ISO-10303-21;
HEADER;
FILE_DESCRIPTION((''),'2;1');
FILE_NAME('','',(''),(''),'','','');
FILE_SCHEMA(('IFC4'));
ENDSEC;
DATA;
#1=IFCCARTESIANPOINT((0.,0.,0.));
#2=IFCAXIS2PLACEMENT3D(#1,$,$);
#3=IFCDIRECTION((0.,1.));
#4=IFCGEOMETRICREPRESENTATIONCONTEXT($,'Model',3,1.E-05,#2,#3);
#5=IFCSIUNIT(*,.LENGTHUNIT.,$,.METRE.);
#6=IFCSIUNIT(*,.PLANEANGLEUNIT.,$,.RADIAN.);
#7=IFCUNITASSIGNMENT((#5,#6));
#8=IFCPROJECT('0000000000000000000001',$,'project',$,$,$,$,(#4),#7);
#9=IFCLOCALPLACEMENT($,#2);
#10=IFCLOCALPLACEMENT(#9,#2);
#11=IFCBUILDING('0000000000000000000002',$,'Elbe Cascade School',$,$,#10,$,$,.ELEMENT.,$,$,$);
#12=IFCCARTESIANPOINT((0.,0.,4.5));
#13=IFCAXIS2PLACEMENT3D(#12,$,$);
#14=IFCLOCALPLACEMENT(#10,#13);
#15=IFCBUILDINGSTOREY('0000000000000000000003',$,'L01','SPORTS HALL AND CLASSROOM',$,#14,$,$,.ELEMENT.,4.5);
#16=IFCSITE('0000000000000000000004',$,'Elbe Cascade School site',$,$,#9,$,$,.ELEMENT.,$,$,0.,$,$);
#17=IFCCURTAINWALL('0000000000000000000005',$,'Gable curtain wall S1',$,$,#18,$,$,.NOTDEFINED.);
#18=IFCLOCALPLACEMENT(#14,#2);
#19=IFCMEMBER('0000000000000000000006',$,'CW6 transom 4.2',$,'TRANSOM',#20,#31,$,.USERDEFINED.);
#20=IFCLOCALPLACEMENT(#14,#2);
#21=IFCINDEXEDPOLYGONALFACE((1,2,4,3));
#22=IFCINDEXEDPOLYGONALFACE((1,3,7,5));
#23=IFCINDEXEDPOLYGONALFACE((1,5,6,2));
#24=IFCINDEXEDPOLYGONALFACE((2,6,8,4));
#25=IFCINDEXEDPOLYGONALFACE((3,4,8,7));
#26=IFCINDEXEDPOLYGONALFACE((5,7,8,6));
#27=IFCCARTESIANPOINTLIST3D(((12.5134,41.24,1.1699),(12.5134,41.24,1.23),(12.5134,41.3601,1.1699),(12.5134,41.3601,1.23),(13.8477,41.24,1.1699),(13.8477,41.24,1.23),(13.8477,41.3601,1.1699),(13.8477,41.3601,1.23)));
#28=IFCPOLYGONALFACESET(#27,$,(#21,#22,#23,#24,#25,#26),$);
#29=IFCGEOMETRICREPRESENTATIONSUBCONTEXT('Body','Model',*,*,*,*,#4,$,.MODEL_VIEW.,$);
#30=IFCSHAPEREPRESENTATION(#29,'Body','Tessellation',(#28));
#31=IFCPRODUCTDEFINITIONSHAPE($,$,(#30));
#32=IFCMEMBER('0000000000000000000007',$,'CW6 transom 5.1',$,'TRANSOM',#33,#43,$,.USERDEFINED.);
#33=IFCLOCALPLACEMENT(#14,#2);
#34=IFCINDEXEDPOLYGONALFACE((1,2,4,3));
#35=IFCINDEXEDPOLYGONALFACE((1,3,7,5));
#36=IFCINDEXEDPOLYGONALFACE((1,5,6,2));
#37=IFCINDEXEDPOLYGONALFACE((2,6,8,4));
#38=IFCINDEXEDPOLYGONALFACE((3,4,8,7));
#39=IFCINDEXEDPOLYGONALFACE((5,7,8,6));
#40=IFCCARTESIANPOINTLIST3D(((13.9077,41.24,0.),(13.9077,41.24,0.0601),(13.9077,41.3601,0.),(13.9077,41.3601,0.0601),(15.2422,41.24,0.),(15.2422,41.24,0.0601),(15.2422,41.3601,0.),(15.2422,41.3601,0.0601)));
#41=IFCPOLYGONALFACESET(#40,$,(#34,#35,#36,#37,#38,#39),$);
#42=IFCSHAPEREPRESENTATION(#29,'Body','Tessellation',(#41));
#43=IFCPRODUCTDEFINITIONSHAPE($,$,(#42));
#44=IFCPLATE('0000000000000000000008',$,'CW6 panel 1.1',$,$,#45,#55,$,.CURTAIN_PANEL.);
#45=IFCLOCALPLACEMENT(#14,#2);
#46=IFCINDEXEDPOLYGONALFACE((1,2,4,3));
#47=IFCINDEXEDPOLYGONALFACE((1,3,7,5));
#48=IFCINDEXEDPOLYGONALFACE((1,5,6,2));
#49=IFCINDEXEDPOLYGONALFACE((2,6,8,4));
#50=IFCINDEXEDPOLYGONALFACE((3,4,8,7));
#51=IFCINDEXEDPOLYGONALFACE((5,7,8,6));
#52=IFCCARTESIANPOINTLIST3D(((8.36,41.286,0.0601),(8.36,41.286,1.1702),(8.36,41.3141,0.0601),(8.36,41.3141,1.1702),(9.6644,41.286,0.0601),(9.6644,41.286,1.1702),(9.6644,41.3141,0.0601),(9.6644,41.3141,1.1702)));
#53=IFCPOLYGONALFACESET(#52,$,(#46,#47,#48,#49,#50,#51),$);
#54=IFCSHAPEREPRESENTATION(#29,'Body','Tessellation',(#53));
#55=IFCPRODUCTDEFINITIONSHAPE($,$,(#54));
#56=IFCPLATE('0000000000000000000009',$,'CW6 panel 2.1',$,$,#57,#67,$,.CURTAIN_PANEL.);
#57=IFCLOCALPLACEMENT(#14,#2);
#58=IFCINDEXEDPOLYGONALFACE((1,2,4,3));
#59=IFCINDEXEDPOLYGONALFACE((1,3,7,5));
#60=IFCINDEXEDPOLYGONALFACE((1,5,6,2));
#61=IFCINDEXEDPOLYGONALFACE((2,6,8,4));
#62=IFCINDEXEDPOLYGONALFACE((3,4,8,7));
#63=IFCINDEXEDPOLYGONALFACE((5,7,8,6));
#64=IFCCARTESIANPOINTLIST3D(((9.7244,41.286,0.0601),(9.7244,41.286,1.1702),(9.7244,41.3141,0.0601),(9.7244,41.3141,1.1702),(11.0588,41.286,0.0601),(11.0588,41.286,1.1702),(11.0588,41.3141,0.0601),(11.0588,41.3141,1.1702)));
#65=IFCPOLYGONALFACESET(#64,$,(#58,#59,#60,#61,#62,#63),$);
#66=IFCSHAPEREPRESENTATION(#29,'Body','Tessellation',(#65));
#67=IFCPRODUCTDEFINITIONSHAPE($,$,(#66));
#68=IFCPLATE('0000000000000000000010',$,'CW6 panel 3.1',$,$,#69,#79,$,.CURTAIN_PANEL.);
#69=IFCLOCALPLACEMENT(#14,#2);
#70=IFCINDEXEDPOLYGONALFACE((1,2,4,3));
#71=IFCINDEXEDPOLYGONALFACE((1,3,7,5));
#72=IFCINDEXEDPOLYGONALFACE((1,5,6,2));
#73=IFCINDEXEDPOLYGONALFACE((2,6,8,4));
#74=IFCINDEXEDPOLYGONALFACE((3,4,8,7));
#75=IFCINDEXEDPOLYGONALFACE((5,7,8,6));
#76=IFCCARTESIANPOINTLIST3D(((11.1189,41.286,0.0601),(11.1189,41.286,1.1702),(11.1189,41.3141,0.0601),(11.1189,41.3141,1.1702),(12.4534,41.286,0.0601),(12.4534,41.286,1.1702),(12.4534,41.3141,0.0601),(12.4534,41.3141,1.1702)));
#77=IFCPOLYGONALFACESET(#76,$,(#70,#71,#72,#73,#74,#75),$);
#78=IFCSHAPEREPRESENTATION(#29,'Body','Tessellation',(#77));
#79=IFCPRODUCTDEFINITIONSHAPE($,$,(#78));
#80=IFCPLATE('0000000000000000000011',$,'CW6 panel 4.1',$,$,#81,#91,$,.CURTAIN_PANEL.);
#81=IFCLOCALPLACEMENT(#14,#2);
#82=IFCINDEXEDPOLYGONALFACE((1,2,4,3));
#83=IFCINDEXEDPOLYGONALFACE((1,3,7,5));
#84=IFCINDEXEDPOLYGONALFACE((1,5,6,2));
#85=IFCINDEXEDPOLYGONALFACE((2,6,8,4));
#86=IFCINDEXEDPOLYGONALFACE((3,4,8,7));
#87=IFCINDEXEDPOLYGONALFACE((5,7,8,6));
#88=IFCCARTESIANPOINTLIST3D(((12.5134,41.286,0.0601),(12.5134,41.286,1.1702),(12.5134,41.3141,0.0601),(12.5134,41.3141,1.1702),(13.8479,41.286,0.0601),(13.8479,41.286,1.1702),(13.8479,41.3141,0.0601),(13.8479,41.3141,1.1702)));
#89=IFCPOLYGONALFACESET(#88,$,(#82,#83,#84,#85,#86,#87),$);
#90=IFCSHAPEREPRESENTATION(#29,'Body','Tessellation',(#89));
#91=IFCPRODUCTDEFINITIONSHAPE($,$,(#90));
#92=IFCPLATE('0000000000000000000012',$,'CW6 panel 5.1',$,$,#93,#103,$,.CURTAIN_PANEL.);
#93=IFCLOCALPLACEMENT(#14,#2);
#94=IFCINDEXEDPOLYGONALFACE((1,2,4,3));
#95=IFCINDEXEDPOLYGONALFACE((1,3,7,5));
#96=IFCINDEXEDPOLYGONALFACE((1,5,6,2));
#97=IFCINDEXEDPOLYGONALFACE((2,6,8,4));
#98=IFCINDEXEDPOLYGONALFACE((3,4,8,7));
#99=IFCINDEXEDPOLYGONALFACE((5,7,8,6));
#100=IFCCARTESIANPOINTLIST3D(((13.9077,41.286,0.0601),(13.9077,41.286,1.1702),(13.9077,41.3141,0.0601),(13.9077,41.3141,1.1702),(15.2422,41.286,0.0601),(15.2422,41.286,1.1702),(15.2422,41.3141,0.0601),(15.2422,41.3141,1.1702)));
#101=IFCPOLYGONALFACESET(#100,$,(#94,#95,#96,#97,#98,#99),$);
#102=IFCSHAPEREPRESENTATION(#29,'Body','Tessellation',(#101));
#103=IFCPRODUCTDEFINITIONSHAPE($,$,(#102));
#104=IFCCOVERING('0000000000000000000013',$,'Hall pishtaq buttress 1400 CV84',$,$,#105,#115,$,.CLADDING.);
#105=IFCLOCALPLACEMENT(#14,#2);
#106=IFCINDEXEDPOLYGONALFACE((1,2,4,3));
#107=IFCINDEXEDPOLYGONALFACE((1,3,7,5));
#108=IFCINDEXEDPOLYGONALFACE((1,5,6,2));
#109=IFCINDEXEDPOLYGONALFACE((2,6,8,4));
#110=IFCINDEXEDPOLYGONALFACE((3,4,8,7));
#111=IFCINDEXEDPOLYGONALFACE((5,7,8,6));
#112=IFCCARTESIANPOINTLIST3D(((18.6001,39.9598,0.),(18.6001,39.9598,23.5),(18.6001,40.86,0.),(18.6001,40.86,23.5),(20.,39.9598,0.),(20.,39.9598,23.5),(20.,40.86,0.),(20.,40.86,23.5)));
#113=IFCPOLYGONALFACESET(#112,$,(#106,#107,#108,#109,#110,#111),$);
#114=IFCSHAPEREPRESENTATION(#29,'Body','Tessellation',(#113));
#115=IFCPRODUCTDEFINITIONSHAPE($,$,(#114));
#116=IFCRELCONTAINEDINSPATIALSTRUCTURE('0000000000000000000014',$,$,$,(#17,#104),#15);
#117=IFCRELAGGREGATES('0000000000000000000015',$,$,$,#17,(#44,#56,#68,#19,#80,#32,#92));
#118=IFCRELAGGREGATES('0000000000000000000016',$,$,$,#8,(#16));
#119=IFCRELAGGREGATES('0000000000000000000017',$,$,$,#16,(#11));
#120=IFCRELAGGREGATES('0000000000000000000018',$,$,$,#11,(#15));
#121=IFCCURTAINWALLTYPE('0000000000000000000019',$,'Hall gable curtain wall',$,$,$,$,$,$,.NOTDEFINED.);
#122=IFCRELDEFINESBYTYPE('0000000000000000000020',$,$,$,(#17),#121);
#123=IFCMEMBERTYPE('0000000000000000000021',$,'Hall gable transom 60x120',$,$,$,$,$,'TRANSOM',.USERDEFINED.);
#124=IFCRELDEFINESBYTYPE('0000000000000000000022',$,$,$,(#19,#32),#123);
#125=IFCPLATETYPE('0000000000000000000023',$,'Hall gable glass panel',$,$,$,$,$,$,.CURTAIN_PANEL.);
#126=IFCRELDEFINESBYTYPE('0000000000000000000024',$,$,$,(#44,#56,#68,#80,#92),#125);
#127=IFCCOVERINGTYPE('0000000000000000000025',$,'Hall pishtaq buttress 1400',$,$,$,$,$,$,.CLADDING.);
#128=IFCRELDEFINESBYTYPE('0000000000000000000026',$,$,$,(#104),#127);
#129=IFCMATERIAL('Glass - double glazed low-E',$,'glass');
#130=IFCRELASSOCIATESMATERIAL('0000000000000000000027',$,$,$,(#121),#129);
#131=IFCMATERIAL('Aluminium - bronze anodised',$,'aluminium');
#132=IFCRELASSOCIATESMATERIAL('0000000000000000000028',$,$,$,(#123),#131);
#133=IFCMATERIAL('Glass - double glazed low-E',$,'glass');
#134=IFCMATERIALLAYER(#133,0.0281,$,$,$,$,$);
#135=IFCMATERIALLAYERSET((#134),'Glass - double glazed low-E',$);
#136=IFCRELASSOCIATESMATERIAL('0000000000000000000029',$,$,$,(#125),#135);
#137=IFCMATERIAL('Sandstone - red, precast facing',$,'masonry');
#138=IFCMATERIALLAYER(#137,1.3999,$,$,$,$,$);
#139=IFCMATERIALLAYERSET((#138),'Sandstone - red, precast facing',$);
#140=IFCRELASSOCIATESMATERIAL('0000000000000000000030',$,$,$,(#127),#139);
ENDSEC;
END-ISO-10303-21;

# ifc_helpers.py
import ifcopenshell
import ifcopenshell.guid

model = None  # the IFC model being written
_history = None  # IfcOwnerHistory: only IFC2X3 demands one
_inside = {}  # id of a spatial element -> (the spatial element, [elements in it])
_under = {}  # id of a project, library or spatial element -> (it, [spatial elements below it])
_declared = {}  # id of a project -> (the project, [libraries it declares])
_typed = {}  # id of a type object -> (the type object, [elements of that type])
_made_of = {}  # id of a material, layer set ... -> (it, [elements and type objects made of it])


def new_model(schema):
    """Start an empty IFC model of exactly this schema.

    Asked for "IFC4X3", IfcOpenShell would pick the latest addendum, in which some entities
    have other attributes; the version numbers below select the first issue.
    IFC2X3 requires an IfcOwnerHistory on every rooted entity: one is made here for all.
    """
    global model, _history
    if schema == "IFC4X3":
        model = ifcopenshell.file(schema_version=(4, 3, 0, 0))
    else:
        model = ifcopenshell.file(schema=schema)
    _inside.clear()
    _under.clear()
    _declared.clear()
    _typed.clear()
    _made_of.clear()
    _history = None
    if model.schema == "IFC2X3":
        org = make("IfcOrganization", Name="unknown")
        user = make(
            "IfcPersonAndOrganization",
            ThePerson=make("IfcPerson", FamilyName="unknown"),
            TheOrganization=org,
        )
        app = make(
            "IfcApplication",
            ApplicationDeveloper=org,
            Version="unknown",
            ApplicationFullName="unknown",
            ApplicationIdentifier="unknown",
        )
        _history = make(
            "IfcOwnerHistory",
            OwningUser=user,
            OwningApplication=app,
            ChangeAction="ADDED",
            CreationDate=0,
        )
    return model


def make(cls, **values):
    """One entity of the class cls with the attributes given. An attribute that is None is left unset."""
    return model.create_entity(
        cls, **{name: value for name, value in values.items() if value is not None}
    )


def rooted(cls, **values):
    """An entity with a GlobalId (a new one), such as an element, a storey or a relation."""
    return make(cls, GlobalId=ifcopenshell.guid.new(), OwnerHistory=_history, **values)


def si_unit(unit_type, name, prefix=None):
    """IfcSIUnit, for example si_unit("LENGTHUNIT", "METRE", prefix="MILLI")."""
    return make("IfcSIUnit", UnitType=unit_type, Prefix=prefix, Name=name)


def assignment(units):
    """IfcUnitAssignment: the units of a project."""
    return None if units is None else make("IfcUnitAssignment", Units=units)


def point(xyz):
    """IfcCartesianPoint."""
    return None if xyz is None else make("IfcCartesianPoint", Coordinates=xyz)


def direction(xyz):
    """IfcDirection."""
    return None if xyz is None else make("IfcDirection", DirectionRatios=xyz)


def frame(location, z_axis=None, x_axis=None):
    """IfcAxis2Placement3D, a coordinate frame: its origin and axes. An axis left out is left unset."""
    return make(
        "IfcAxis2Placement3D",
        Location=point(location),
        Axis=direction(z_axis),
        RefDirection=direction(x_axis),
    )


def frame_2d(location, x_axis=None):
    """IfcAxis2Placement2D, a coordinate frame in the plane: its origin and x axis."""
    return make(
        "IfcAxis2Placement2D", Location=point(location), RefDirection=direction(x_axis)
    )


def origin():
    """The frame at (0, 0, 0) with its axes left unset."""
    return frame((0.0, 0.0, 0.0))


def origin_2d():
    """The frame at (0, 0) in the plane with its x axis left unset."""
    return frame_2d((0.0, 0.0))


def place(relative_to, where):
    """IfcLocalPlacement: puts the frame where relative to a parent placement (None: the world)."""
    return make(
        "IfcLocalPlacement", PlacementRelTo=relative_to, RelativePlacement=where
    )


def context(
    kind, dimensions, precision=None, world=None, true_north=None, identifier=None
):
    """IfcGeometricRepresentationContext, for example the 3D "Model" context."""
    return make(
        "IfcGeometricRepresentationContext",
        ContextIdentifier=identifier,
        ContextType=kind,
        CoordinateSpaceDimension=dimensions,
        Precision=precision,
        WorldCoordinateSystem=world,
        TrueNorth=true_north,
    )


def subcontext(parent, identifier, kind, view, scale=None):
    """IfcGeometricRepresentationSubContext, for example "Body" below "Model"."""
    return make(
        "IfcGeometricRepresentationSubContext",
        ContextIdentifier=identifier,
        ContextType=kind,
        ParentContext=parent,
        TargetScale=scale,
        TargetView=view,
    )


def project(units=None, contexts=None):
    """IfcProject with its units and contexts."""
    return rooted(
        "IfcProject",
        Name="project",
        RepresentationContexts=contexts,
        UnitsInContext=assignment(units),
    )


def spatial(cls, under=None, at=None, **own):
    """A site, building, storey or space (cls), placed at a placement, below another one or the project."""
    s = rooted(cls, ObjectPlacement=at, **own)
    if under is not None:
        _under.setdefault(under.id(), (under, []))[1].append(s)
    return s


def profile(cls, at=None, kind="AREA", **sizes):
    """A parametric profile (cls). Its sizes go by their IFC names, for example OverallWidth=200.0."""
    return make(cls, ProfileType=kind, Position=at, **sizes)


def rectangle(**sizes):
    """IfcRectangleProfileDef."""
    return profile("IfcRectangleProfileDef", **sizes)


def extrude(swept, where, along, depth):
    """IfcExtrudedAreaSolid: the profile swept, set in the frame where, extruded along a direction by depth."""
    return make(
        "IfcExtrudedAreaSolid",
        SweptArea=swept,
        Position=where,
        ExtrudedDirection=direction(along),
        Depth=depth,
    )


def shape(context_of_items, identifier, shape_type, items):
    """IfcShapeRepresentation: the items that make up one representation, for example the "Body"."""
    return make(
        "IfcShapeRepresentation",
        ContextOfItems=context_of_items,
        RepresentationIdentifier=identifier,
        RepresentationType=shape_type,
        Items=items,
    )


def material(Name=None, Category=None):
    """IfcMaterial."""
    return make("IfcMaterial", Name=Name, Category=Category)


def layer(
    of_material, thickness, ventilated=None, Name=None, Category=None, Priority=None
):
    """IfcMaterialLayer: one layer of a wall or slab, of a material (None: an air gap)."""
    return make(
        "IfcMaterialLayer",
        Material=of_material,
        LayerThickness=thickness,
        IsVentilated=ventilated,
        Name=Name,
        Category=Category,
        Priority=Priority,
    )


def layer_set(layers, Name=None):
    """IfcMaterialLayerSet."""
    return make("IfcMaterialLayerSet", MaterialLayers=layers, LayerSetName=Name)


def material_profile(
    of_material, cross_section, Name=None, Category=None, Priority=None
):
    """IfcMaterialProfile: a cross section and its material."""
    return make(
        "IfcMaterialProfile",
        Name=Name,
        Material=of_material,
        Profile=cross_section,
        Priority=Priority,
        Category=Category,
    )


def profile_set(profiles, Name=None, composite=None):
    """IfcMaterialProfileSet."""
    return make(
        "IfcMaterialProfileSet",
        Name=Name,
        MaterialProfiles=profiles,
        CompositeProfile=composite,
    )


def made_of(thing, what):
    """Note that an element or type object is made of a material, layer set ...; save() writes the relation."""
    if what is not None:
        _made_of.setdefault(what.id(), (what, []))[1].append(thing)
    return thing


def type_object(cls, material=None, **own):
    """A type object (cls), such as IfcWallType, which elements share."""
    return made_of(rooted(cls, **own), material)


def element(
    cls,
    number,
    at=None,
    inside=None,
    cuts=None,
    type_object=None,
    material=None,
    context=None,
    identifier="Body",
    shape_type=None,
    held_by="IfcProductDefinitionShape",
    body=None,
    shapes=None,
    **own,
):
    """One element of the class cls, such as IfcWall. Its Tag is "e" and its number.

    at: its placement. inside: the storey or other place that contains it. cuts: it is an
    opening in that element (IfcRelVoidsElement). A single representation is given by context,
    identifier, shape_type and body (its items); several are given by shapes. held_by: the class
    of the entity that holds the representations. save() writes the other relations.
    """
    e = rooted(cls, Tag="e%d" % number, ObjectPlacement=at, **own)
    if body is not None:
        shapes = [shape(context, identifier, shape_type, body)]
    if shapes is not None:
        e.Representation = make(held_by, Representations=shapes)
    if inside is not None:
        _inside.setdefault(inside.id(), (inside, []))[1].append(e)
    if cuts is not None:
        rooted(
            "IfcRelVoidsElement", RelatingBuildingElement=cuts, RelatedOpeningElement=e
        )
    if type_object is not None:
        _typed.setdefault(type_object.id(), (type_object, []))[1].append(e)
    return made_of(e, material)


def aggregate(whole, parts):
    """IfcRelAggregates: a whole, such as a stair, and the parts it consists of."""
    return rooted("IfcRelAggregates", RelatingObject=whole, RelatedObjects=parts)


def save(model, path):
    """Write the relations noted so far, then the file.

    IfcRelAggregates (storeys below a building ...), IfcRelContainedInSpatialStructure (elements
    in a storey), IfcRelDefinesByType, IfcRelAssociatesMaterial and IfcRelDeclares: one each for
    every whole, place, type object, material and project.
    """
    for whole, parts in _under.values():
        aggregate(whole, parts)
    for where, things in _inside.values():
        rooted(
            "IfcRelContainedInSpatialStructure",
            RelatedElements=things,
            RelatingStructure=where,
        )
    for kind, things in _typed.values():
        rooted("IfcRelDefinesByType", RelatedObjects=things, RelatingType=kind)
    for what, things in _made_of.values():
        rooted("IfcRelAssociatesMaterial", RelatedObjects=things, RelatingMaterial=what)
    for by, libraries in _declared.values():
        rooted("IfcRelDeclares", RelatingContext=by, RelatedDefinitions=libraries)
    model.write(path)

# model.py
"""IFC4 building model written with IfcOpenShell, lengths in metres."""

from ifc_helpers import new_model, si_unit, direction, frame, frame_2d, origin, origin_2d, place, context, subcontext, project, spatial, rectangle, extrude, material, layer, layer_set, material_profile, profile_set, type_object, element, aggregate, save


model = new_model("IFC4")

# Units and contexts
model_context = context("Model", 3, precision=1e-05, world=origin(), true_north=direction((0.0, 1.0)))
body_context = subcontext(model_context, "Body", "Model", "MODEL_VIEW")
ifc_project = project(units=[si_unit("LENGTHUNIT", "METRE"), si_unit("PLANEANGLEUNIT", "RADIAN")], contexts=[model_context])

# Site, building, storey
site_placement = place(None, origin())
site = spatial("IfcSite", under=ifc_project, at=site_placement, Name="Elbe Cascade School site", CompositionType="ELEMENT", RefElevation=0.0)
building_placement = place(site_placement, origin())
building = spatial("IfcBuilding", under=site, at=building_placement, Name="Elbe Cascade School", CompositionType="ELEMENT")
storey_placement = place(building_placement, frame((0.0, 0.0, 4.5)))
storey = spatial("IfcBuildingStorey", under=building, at=storey_placement, Name="L01", Description="SPORTS HALL AND CLASSROOM", CompositionType="ELEMENT", Elevation=4.5)

# Curtain wall, members, plates
ifc_material_1 = material(Name="Glass - double glazed low-E", Category="glass")
curtain_wall_type = type_object("IfcCurtainWallType", Name="Hall gable curtain wall", PredefinedType="NOTDEFINED", material=ifc_material_1)
curtain_wall_placement = place(storey_placement, origin())
curtain_wall = element("IfcCurtainWall", 1, at=curtain_wall_placement, inside=storey, type_object=curtain_wall_type, Name="Gable curtain wall S1", PredefinedType="NOTDEFINED")
ifc_material_2 = material(Name="Aluminium - bronze anodised", Category="aluminium")
ifc_material_profile_1 = material_profile(ifc_material_2, rectangle(XDim=0.1201, YDim=0.0601, at=origin_2d()), Name="Alu 60x120")
ifc_profile_set_1 = profile_set([ifc_material_profile_1], Name="Aluminium - bronze anodised")
member_type_1 = type_object("IfcMemberType", Name="Hall gable transom 60x120", ElementType="TRANSOM", PredefinedType="USERDEFINED", material=ifc_profile_set_1)
member_1_placement = place(storey_placement, frame((12.5134, 41.3, 1.2), z_axis=(1.0, 0.0, 0.0), x_axis=(0.0, 1.0, 0.0)))
member_1 = element("IfcMember", 2, at=member_1_placement, type_object=member_type_1, Name="CW6 transom 4.2", ObjectType="TRANSOM", PredefinedType="USERDEFINED", context=body_context, shape_type="SweptSolid", body=[
    extrude(rectangle(XDim=0.1201, YDim=0.0601, at=origin_2d()), origin(), (0.0, 0.0, 1.0), 1.3342),
])
member_2_placement = place(storey_placement, frame((13.9077, 41.3, 0.03), z_axis=(1.0, 0.0, 0.0), x_axis=(0.0, 1.0, 0.0)))
member_2 = element("IfcMember", 3, at=member_2_placement, type_object=member_type_1, Name="CW6 transom 5.1", ObjectType="TRANSOM", PredefinedType="USERDEFINED", context=body_context, shape_type="SweptSolid", body=[
    extrude(rectangle(XDim=0.1201, YDim=0.0601, at=origin_2d()), origin(), (0.0, 0.0, 1.0), 1.3345),
])
ifc_material_3 = material(Name="Glass - double glazed low-E", Category="glass")
ifc_layer_1 = layer(ifc_material_3, 0.0281)
ifc_layer_set_1 = layer_set([ifc_layer_1], Name="Glass - double glazed low-E")
plate_type = type_object("IfcPlateType", Name="Hall gable glass panel", PredefinedType="CURTAIN_PANEL", material=ifc_layer_set_1)
plate_1_placement = place(storey_placement, frame((9.0122, 41.3, 0.0601), z_axis=(0.0, 0.0, 1.0), x_axis=(1.0, 0.0, 0.0)))
plate_1 = element("IfcPlate", 4, at=plate_1_placement, type_object=plate_type, Name="CW6 panel 1.1", PredefinedType="CURTAIN_PANEL", context=body_context, shape_type="SweptSolid", body=[
    extrude(rectangle(XDim=1.3044, YDim=0.0281, at=origin_2d()), origin(), (0.0, 0.0, 1.0), 1.1101),
])
plate_2_placement = place(storey_placement, frame((10.3916, 41.3, 0.0601), z_axis=(0.0, 0.0, 1.0), x_axis=(1.0, 0.0, 0.0)))
plate_2 = element("IfcPlate", 5, at=plate_2_placement, type_object=plate_type, Name="CW6 panel 2.1", PredefinedType="CURTAIN_PANEL", context=body_context, shape_type="SweptSolid", body=[
    extrude(rectangle(XDim=1.3345, YDim=0.0281, at=origin_2d()), origin(), (0.0, 0.0, 1.0), 1.1101),
])
plate_3_placement = place(storey_placement, frame((11.7861, 41.3, 0.0601), z_axis=(0.0, 0.0, 1.0), x_axis=(1.0, 0.0, 0.0)))
plate_3 = element("IfcPlate", 6, at=plate_3_placement, type_object=plate_type, Name="CW6 panel 3.1", PredefinedType="CURTAIN_PANEL", context=body_context, shape_type="SweptSolid", body=[
    extrude(rectangle(XDim=1.3345, YDim=0.0281, at=origin_2d()), origin(), (0.0, 0.0, 1.0), 1.1101),
])
plate_4_placement = place(storey_placement, frame((13.1807, 41.3, 0.0601), z_axis=(0.0, 0.0, 1.0), x_axis=(1.0, 0.0, 0.0)))
plate_4 = element("IfcPlate", 7, at=plate_4_placement, type_object=plate_type, Name="CW6 panel 4.1", PredefinedType="CURTAIN_PANEL", context=body_context, shape_type="SweptSolid", body=[
    extrude(rectangle(XDim=1.3345, YDim=0.0281, at=origin_2d()), origin(), (0.0, 0.0, 1.0), 1.1101),
])
plate_5_placement = place(storey_placement, frame((14.575, 41.3, 0.0601), z_axis=(0.0, 0.0, 1.0), x_axis=(1.0, 0.0, 0.0)))
plate_5 = element("IfcPlate", 8, at=plate_5_placement, type_object=plate_type, Name="CW6 panel 5.1", PredefinedType="CURTAIN_PANEL", context=body_context, shape_type="SweptSolid", body=[
    extrude(rectangle(XDim=1.3345, YDim=0.0281, at=origin_2d()), origin(), (0.0, 0.0, 1.0), 1.1101),
])
aggregate(curtain_wall, [plate_1, plate_2, plate_3, member_1, plate_4, member_2, plate_5])

# Covering
ifc_material_4 = material(Name="Sandstone - red, precast facing", Category="masonry")
ifc_layer_2 = layer(ifc_material_4, 1.3999)
ifc_layer_set_2 = layer_set([ifc_layer_2], Name="Sandstone - red, precast facing")
covering_type = type_object("IfcCoveringType", Name="Hall pishtaq buttress 1400", PredefinedType="CLADDING", material=ifc_layer_set_2)
covering_placement = place(storey_placement, frame((19.3, 40.8601, 0.0), z_axis=(0.0, 0.0, 1.0), x_axis=(0.0, -1.0, 0.0)))
element("IfcCovering", 9, at=covering_placement, inside=storey, type_object=covering_type, Name="Hall pishtaq buttress 1400 CV84", PredefinedType="CLADDING", context=body_context, shape_type="SweptSolid", body=[
    extrude(rectangle(XDim=0.9001, YDim=1.3999, at=frame_2d((0.4502, 0.0))), origin(), (0.0, 0.0, 1.0), 23.5),
])

save(model, "model.ifc")
